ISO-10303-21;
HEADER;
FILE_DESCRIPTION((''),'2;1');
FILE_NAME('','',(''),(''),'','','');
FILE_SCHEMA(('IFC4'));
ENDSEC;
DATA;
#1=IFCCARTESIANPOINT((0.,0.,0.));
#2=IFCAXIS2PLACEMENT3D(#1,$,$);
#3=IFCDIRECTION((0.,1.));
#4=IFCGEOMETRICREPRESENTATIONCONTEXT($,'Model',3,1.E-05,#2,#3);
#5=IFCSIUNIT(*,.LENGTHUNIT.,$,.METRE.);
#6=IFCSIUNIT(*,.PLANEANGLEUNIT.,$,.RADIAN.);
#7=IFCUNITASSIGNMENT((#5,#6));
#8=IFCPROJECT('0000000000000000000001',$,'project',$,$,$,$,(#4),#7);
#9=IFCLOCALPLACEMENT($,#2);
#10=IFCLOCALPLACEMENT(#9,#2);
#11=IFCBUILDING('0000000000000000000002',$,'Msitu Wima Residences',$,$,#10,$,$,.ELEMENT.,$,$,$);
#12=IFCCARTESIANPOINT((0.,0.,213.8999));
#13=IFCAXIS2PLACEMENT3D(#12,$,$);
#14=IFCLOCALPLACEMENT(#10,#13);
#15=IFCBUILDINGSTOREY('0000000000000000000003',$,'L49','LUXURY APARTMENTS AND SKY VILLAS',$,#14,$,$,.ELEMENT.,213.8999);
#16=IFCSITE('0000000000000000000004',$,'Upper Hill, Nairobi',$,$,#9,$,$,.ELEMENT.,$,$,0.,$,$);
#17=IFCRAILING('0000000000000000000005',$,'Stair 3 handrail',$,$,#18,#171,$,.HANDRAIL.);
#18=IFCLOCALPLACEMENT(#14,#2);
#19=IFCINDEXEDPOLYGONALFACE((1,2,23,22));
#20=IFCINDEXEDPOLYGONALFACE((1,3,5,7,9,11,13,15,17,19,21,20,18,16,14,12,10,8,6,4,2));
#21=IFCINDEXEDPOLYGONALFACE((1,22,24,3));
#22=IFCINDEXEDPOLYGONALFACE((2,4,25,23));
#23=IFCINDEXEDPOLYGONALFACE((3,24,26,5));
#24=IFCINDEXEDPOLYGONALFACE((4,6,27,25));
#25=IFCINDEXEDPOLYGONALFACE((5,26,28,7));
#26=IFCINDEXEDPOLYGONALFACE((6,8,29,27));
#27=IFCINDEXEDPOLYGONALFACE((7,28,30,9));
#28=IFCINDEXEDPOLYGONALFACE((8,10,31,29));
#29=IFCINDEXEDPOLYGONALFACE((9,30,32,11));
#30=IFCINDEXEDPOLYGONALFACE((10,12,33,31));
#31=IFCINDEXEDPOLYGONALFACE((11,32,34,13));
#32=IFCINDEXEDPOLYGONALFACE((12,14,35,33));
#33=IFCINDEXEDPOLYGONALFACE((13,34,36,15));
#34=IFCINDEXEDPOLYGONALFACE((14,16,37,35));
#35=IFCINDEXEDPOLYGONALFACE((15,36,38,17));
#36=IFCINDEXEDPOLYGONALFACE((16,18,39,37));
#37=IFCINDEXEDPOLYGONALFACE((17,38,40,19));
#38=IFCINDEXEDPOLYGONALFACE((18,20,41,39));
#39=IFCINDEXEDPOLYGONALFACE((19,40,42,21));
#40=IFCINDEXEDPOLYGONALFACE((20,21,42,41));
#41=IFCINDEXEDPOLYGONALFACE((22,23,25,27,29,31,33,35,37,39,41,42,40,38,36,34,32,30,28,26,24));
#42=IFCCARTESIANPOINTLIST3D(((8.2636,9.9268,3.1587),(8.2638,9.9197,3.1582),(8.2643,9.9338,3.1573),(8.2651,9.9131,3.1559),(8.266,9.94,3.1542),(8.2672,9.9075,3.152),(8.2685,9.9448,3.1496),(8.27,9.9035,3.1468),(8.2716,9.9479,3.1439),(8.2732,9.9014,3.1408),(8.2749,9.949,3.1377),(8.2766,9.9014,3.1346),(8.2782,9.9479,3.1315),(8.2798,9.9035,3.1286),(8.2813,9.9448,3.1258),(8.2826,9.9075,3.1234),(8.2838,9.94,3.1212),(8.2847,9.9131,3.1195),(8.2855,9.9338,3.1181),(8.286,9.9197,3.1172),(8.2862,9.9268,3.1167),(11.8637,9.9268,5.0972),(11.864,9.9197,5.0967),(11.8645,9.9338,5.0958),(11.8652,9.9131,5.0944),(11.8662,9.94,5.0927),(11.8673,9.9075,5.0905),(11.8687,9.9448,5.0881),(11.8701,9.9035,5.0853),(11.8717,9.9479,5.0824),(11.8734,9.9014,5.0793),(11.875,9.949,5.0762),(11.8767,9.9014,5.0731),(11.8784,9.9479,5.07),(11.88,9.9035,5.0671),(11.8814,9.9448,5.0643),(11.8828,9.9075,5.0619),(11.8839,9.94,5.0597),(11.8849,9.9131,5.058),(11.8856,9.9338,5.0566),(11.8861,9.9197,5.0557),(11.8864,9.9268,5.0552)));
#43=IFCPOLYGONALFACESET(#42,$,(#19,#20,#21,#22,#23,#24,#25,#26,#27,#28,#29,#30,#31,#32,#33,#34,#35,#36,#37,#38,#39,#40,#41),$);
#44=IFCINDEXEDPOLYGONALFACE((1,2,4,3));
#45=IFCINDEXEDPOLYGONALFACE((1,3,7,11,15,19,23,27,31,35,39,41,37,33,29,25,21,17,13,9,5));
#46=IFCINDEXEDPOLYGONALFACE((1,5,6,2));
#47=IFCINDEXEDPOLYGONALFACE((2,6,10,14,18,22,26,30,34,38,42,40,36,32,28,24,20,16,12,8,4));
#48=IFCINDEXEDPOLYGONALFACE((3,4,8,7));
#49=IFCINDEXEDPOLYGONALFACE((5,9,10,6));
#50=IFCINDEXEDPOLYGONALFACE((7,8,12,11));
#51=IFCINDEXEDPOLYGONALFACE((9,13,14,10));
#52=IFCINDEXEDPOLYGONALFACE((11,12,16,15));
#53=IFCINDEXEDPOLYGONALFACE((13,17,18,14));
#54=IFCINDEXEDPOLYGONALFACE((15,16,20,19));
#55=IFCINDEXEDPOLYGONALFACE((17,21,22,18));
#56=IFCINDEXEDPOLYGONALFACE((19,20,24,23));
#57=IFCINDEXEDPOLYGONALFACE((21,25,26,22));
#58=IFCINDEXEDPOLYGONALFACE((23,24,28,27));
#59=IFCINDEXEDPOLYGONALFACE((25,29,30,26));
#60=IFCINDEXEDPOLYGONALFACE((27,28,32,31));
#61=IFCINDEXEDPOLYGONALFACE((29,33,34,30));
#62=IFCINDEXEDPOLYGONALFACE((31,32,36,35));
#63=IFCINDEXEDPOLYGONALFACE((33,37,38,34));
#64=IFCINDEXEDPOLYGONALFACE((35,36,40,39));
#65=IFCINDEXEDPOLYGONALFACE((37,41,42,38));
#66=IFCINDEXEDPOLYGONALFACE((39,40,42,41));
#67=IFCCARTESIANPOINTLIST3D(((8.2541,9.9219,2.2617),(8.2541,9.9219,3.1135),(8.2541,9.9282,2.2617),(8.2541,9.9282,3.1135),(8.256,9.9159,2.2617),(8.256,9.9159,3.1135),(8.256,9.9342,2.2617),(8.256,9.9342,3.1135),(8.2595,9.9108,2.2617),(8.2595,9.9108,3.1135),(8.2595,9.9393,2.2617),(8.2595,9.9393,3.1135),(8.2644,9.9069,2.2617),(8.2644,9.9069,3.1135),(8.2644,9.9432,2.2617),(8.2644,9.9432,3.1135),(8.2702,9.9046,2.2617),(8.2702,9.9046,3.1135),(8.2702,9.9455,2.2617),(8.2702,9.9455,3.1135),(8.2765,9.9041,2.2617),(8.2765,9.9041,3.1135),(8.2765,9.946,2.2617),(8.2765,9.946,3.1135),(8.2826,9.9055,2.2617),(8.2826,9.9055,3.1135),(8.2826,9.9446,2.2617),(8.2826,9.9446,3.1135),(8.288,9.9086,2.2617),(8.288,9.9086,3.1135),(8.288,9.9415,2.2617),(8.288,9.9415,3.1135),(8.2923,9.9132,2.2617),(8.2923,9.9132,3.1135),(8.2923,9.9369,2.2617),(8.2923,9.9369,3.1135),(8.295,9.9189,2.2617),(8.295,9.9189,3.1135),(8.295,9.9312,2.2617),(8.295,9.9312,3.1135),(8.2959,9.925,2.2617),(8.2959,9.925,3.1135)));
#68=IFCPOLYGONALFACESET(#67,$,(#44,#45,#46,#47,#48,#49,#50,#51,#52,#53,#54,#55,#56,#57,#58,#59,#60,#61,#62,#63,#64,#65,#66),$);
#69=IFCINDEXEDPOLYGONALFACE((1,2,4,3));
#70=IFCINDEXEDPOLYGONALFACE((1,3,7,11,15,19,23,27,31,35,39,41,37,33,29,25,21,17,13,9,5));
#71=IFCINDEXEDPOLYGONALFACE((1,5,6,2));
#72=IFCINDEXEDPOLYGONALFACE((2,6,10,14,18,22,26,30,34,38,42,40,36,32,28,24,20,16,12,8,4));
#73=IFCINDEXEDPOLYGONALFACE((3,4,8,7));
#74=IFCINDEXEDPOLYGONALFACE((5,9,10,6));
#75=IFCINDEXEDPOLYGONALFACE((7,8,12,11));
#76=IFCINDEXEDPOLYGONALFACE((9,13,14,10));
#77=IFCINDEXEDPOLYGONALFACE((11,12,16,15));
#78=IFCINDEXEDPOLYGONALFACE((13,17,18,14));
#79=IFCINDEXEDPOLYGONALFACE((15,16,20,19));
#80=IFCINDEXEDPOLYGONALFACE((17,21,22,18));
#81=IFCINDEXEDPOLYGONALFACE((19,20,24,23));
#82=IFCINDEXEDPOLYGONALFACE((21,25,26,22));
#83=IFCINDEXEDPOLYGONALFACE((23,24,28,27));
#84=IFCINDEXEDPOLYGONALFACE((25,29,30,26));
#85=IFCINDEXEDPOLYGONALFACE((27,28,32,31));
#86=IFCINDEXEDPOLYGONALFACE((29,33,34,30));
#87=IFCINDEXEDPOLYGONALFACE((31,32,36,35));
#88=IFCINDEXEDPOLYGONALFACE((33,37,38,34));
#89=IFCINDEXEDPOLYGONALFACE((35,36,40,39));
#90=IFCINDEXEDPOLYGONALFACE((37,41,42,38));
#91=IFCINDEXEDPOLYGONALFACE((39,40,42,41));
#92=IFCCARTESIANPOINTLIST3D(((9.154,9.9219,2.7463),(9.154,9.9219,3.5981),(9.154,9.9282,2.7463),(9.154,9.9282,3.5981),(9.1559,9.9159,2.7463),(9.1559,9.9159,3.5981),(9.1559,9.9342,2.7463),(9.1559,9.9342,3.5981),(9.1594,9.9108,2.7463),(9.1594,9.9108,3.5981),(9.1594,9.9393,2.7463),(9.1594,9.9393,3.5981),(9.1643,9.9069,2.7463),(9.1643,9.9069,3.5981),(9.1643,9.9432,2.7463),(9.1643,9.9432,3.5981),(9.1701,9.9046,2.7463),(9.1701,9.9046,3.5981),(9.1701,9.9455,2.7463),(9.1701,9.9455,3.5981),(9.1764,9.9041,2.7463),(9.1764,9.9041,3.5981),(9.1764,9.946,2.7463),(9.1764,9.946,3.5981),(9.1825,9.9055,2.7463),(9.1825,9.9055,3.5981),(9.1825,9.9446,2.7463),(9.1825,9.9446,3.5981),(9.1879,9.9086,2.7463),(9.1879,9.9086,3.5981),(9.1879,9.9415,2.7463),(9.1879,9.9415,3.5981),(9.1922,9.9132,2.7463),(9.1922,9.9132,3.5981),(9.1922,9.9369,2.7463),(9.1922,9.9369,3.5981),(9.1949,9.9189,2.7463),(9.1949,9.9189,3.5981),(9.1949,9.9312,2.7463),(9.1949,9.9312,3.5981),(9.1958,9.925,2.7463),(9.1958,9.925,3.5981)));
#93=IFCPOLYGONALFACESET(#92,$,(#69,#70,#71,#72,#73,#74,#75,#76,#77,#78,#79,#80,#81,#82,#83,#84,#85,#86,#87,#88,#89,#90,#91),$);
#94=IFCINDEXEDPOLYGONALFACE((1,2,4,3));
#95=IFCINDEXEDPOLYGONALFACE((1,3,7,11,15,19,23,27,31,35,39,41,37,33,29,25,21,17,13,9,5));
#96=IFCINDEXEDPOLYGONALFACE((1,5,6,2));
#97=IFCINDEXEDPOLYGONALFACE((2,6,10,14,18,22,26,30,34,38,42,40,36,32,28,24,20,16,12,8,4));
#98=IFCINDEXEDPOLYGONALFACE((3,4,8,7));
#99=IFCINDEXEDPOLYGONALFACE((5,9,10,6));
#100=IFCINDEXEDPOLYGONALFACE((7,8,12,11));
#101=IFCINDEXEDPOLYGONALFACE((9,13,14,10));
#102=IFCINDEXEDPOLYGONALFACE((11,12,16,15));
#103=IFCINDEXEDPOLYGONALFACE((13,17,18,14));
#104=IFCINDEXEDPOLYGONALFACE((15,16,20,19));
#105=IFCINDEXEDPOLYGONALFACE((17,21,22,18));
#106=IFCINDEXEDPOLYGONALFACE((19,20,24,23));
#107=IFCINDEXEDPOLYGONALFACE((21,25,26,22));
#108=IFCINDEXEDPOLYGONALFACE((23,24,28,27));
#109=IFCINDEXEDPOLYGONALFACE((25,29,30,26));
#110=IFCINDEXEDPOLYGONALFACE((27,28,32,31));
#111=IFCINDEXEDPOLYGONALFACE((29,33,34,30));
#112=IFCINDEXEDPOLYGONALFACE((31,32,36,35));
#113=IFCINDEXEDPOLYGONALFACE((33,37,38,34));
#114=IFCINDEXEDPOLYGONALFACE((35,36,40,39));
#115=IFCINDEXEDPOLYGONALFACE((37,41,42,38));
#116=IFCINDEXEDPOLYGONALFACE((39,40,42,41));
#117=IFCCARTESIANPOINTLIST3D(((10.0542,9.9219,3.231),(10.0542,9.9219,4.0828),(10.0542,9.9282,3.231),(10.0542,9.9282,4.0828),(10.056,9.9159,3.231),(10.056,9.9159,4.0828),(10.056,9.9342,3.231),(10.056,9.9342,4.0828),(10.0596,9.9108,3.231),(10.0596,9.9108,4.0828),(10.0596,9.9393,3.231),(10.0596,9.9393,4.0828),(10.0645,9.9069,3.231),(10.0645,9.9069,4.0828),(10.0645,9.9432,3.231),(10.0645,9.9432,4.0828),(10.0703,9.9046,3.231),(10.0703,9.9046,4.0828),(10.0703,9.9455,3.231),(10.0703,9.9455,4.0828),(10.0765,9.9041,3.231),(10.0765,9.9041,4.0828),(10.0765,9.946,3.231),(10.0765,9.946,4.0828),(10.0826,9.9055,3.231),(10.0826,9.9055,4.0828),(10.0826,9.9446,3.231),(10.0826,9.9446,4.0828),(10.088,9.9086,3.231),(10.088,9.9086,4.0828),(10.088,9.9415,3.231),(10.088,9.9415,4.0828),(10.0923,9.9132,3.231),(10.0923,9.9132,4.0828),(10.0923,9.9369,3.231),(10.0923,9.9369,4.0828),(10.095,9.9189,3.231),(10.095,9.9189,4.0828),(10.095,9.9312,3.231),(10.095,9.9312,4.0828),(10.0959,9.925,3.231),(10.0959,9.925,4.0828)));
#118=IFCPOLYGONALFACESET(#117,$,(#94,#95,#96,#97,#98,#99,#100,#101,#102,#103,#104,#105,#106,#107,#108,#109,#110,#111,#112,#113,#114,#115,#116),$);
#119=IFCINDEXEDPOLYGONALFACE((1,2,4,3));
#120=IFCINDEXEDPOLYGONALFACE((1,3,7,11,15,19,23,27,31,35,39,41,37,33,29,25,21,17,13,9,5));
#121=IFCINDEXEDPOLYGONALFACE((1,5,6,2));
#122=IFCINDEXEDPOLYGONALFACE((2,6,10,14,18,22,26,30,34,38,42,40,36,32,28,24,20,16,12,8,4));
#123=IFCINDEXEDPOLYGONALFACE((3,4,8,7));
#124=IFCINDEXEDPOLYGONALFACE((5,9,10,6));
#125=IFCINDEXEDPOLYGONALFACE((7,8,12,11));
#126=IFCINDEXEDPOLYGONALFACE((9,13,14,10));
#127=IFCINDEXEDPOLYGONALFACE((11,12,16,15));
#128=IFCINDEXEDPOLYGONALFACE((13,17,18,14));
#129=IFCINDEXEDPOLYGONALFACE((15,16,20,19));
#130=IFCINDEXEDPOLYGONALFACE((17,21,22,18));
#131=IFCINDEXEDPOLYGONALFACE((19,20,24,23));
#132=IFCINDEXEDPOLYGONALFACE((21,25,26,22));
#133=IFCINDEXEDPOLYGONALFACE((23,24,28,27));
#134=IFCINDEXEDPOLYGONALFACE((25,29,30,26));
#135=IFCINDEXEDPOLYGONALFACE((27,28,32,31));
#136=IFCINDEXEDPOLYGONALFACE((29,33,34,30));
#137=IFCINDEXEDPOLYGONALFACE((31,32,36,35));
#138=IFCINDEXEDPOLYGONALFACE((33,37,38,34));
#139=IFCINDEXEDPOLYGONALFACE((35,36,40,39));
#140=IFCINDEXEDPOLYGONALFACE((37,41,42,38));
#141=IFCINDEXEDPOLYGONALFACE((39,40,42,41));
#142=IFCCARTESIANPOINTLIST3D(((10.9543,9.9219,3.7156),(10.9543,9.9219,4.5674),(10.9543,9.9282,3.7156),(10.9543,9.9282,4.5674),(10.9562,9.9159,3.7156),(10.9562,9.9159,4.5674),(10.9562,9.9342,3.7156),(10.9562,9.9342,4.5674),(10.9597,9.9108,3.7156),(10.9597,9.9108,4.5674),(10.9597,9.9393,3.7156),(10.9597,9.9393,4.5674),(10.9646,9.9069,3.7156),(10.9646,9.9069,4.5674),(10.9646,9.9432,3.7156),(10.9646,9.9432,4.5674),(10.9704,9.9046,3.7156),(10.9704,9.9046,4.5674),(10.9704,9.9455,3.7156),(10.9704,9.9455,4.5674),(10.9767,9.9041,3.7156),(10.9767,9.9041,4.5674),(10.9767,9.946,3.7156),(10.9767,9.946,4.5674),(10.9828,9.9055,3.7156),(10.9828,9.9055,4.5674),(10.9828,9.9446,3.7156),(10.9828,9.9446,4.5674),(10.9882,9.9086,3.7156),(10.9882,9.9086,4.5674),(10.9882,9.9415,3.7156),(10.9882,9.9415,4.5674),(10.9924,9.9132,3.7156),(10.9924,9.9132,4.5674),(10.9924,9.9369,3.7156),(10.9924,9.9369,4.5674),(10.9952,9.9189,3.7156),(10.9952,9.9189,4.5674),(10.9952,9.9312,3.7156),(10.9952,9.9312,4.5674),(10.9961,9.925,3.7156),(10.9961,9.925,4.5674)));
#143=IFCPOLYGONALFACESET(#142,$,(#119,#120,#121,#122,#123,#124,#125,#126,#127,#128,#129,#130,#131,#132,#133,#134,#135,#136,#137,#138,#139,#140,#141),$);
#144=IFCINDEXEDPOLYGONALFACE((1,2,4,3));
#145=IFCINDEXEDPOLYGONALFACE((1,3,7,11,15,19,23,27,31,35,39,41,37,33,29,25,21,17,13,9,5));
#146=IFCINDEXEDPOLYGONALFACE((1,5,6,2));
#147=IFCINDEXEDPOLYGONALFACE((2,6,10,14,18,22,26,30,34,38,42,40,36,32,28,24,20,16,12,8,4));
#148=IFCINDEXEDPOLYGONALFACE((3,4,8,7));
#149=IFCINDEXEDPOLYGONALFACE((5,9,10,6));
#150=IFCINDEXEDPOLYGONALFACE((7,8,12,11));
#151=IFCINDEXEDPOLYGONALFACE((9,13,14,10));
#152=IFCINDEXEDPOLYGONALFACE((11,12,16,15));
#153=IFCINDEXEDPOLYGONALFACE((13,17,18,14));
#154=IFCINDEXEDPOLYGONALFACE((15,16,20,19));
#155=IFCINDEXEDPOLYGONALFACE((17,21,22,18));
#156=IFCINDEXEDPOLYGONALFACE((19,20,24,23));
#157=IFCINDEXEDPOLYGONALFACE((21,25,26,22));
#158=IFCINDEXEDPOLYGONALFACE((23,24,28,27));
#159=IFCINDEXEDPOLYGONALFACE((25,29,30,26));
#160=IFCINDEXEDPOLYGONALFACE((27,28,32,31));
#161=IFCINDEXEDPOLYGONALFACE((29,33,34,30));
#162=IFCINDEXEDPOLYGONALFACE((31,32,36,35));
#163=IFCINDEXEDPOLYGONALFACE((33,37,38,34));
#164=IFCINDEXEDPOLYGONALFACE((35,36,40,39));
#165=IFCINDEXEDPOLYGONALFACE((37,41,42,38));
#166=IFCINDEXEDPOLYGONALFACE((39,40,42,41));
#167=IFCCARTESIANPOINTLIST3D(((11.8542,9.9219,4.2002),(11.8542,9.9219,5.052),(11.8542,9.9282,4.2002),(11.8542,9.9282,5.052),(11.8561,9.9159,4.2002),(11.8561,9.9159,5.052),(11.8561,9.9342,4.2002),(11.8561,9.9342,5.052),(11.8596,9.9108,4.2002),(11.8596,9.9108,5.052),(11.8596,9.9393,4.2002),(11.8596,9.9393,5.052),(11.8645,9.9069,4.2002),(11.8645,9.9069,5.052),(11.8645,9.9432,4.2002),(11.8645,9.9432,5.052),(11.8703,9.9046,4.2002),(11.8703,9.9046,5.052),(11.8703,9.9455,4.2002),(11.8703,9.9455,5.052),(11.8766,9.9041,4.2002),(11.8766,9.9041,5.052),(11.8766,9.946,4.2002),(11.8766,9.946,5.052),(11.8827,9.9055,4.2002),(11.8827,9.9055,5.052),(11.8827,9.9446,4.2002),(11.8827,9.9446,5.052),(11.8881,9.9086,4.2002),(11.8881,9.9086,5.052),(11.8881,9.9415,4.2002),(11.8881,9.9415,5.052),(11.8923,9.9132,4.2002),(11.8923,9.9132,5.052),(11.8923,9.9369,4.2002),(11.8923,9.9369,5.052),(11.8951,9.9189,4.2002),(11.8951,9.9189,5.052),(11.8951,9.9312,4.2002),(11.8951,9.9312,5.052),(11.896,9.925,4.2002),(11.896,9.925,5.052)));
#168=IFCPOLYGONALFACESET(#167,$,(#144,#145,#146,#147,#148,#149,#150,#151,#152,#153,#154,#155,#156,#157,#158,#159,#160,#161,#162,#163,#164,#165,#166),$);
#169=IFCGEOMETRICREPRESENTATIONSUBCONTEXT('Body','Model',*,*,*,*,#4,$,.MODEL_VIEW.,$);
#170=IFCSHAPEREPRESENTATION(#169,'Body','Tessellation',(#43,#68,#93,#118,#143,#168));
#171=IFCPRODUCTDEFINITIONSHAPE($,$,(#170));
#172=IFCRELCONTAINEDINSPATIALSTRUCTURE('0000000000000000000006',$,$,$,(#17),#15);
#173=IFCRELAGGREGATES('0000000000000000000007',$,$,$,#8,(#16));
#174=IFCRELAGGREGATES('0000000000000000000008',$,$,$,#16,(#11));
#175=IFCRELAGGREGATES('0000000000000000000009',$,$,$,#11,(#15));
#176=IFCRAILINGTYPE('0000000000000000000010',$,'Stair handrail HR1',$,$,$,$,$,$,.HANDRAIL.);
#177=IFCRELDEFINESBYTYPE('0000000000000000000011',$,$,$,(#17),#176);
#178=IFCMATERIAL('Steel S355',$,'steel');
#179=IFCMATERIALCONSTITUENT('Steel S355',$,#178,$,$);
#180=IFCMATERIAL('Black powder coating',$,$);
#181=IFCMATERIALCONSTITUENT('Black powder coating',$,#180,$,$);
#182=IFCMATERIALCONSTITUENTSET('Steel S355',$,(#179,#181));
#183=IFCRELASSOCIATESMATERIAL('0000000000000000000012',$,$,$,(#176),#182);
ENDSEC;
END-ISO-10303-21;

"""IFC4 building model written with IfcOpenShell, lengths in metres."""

from ifc_helpers import new_model, si_unit, direction, frame, origin, origin_2d, place, context, subcontext, project, spatial, circle, extrude, material, constituent, constituent_set, type_object, element, save


model = new_model("IFC4")

# Units and contexts
model_context = context("Model", 3, precision=1e-05, world=origin(), true_north=direction((0.0, 1.0)))
body_context = subcontext(model_context, "Body", "Model", "MODEL_VIEW")
ifc_project = project(units=[si_unit("LENGTHUNIT", "METRE"), si_unit("PLANEANGLEUNIT", "RADIAN")], contexts=[model_context])

# Site, building, storey
site_placement = place(None, origin())
site = spatial("IfcSite", under=ifc_project, at=site_placement, Name="Upper Hill, Nairobi", CompositionType="ELEMENT", RefElevation=0.0)
building_placement = place(site_placement, origin())
building = spatial("IfcBuilding", under=site, at=building_placement, Name="Msitu Wima Residences", CompositionType="ELEMENT")
storey_placement = place(building_placement, frame((0.0, 0.0, 213.8999)))
storey = spatial("IfcBuildingStorey", under=building, at=storey_placement, Name="L49", Description="LUXURY APARTMENTS AND SKY VILLAS", CompositionType="ELEMENT", Elevation=213.8999)

# Railing
ifc_material_1 = material(Name="Steel S355", Category="steel")
ifc_constituent_1 = constituent(ifc_material_1, Name="Steel S355")
ifc_material_2 = material(Name="Black powder coating")
ifc_constituent_2 = constituent(ifc_material_2, Name="Black powder coating")
ifc_constituent_set = constituent_set(constituents=[ifc_constituent_1, ifc_constituent_2], Name="Steel S355")
railing_type = type_object("IfcRailingType", Name="Stair handrail HR1", PredefinedType="HANDRAIL", material=ifc_constituent_set)
for number, where, name in (
    (1, (8.2749, 9.925, 2.2617), "Stair 3 handrail"),
):
    element("IfcRailing", number, at=place(storey_placement, frame(where)), inside=storey, type_object=railing_type, Name=name, PredefinedType="HANDRAIL", context=body_context, shape_type="SweptSolid", body=[
        extrude(circle(Radius=0.0239, at=origin_2d()), frame((0.0, 0.0, 0.876), z_axis=(0.880475, 0.0, 0.474093), x_axis=(0.0, 1.0, 0.0)), (0.0, 0.0, 1.0), 4.0889),
        extrude(circle(Radius=0.021, at=origin_2d()), origin(), (0.0, 0.0, 1.0), 0.8518),
        extrude(circle(Radius=0.021, at=origin_2d()), frame((0.8999, 0.0, 0.4846)), (0.0, 0.0, 1.0), 0.8518),
        extrude(circle(Radius=0.021, at=origin_2d()), frame((1.8, 0.0, 0.9692)), (0.0, 0.0, 1.0), 0.8518),
        extrude(circle(Radius=0.021, at=origin_2d()), frame((2.7002, 0.0, 1.4539)), (0.0, 0.0, 1.0), 0.8518),
        extrude(circle(Radius=0.021, at=origin_2d()), frame((3.6001, 0.0, 1.9385)), (0.0, 0.0, 1.0), 0.8518),
    ])

save(model, "model.ifc")
